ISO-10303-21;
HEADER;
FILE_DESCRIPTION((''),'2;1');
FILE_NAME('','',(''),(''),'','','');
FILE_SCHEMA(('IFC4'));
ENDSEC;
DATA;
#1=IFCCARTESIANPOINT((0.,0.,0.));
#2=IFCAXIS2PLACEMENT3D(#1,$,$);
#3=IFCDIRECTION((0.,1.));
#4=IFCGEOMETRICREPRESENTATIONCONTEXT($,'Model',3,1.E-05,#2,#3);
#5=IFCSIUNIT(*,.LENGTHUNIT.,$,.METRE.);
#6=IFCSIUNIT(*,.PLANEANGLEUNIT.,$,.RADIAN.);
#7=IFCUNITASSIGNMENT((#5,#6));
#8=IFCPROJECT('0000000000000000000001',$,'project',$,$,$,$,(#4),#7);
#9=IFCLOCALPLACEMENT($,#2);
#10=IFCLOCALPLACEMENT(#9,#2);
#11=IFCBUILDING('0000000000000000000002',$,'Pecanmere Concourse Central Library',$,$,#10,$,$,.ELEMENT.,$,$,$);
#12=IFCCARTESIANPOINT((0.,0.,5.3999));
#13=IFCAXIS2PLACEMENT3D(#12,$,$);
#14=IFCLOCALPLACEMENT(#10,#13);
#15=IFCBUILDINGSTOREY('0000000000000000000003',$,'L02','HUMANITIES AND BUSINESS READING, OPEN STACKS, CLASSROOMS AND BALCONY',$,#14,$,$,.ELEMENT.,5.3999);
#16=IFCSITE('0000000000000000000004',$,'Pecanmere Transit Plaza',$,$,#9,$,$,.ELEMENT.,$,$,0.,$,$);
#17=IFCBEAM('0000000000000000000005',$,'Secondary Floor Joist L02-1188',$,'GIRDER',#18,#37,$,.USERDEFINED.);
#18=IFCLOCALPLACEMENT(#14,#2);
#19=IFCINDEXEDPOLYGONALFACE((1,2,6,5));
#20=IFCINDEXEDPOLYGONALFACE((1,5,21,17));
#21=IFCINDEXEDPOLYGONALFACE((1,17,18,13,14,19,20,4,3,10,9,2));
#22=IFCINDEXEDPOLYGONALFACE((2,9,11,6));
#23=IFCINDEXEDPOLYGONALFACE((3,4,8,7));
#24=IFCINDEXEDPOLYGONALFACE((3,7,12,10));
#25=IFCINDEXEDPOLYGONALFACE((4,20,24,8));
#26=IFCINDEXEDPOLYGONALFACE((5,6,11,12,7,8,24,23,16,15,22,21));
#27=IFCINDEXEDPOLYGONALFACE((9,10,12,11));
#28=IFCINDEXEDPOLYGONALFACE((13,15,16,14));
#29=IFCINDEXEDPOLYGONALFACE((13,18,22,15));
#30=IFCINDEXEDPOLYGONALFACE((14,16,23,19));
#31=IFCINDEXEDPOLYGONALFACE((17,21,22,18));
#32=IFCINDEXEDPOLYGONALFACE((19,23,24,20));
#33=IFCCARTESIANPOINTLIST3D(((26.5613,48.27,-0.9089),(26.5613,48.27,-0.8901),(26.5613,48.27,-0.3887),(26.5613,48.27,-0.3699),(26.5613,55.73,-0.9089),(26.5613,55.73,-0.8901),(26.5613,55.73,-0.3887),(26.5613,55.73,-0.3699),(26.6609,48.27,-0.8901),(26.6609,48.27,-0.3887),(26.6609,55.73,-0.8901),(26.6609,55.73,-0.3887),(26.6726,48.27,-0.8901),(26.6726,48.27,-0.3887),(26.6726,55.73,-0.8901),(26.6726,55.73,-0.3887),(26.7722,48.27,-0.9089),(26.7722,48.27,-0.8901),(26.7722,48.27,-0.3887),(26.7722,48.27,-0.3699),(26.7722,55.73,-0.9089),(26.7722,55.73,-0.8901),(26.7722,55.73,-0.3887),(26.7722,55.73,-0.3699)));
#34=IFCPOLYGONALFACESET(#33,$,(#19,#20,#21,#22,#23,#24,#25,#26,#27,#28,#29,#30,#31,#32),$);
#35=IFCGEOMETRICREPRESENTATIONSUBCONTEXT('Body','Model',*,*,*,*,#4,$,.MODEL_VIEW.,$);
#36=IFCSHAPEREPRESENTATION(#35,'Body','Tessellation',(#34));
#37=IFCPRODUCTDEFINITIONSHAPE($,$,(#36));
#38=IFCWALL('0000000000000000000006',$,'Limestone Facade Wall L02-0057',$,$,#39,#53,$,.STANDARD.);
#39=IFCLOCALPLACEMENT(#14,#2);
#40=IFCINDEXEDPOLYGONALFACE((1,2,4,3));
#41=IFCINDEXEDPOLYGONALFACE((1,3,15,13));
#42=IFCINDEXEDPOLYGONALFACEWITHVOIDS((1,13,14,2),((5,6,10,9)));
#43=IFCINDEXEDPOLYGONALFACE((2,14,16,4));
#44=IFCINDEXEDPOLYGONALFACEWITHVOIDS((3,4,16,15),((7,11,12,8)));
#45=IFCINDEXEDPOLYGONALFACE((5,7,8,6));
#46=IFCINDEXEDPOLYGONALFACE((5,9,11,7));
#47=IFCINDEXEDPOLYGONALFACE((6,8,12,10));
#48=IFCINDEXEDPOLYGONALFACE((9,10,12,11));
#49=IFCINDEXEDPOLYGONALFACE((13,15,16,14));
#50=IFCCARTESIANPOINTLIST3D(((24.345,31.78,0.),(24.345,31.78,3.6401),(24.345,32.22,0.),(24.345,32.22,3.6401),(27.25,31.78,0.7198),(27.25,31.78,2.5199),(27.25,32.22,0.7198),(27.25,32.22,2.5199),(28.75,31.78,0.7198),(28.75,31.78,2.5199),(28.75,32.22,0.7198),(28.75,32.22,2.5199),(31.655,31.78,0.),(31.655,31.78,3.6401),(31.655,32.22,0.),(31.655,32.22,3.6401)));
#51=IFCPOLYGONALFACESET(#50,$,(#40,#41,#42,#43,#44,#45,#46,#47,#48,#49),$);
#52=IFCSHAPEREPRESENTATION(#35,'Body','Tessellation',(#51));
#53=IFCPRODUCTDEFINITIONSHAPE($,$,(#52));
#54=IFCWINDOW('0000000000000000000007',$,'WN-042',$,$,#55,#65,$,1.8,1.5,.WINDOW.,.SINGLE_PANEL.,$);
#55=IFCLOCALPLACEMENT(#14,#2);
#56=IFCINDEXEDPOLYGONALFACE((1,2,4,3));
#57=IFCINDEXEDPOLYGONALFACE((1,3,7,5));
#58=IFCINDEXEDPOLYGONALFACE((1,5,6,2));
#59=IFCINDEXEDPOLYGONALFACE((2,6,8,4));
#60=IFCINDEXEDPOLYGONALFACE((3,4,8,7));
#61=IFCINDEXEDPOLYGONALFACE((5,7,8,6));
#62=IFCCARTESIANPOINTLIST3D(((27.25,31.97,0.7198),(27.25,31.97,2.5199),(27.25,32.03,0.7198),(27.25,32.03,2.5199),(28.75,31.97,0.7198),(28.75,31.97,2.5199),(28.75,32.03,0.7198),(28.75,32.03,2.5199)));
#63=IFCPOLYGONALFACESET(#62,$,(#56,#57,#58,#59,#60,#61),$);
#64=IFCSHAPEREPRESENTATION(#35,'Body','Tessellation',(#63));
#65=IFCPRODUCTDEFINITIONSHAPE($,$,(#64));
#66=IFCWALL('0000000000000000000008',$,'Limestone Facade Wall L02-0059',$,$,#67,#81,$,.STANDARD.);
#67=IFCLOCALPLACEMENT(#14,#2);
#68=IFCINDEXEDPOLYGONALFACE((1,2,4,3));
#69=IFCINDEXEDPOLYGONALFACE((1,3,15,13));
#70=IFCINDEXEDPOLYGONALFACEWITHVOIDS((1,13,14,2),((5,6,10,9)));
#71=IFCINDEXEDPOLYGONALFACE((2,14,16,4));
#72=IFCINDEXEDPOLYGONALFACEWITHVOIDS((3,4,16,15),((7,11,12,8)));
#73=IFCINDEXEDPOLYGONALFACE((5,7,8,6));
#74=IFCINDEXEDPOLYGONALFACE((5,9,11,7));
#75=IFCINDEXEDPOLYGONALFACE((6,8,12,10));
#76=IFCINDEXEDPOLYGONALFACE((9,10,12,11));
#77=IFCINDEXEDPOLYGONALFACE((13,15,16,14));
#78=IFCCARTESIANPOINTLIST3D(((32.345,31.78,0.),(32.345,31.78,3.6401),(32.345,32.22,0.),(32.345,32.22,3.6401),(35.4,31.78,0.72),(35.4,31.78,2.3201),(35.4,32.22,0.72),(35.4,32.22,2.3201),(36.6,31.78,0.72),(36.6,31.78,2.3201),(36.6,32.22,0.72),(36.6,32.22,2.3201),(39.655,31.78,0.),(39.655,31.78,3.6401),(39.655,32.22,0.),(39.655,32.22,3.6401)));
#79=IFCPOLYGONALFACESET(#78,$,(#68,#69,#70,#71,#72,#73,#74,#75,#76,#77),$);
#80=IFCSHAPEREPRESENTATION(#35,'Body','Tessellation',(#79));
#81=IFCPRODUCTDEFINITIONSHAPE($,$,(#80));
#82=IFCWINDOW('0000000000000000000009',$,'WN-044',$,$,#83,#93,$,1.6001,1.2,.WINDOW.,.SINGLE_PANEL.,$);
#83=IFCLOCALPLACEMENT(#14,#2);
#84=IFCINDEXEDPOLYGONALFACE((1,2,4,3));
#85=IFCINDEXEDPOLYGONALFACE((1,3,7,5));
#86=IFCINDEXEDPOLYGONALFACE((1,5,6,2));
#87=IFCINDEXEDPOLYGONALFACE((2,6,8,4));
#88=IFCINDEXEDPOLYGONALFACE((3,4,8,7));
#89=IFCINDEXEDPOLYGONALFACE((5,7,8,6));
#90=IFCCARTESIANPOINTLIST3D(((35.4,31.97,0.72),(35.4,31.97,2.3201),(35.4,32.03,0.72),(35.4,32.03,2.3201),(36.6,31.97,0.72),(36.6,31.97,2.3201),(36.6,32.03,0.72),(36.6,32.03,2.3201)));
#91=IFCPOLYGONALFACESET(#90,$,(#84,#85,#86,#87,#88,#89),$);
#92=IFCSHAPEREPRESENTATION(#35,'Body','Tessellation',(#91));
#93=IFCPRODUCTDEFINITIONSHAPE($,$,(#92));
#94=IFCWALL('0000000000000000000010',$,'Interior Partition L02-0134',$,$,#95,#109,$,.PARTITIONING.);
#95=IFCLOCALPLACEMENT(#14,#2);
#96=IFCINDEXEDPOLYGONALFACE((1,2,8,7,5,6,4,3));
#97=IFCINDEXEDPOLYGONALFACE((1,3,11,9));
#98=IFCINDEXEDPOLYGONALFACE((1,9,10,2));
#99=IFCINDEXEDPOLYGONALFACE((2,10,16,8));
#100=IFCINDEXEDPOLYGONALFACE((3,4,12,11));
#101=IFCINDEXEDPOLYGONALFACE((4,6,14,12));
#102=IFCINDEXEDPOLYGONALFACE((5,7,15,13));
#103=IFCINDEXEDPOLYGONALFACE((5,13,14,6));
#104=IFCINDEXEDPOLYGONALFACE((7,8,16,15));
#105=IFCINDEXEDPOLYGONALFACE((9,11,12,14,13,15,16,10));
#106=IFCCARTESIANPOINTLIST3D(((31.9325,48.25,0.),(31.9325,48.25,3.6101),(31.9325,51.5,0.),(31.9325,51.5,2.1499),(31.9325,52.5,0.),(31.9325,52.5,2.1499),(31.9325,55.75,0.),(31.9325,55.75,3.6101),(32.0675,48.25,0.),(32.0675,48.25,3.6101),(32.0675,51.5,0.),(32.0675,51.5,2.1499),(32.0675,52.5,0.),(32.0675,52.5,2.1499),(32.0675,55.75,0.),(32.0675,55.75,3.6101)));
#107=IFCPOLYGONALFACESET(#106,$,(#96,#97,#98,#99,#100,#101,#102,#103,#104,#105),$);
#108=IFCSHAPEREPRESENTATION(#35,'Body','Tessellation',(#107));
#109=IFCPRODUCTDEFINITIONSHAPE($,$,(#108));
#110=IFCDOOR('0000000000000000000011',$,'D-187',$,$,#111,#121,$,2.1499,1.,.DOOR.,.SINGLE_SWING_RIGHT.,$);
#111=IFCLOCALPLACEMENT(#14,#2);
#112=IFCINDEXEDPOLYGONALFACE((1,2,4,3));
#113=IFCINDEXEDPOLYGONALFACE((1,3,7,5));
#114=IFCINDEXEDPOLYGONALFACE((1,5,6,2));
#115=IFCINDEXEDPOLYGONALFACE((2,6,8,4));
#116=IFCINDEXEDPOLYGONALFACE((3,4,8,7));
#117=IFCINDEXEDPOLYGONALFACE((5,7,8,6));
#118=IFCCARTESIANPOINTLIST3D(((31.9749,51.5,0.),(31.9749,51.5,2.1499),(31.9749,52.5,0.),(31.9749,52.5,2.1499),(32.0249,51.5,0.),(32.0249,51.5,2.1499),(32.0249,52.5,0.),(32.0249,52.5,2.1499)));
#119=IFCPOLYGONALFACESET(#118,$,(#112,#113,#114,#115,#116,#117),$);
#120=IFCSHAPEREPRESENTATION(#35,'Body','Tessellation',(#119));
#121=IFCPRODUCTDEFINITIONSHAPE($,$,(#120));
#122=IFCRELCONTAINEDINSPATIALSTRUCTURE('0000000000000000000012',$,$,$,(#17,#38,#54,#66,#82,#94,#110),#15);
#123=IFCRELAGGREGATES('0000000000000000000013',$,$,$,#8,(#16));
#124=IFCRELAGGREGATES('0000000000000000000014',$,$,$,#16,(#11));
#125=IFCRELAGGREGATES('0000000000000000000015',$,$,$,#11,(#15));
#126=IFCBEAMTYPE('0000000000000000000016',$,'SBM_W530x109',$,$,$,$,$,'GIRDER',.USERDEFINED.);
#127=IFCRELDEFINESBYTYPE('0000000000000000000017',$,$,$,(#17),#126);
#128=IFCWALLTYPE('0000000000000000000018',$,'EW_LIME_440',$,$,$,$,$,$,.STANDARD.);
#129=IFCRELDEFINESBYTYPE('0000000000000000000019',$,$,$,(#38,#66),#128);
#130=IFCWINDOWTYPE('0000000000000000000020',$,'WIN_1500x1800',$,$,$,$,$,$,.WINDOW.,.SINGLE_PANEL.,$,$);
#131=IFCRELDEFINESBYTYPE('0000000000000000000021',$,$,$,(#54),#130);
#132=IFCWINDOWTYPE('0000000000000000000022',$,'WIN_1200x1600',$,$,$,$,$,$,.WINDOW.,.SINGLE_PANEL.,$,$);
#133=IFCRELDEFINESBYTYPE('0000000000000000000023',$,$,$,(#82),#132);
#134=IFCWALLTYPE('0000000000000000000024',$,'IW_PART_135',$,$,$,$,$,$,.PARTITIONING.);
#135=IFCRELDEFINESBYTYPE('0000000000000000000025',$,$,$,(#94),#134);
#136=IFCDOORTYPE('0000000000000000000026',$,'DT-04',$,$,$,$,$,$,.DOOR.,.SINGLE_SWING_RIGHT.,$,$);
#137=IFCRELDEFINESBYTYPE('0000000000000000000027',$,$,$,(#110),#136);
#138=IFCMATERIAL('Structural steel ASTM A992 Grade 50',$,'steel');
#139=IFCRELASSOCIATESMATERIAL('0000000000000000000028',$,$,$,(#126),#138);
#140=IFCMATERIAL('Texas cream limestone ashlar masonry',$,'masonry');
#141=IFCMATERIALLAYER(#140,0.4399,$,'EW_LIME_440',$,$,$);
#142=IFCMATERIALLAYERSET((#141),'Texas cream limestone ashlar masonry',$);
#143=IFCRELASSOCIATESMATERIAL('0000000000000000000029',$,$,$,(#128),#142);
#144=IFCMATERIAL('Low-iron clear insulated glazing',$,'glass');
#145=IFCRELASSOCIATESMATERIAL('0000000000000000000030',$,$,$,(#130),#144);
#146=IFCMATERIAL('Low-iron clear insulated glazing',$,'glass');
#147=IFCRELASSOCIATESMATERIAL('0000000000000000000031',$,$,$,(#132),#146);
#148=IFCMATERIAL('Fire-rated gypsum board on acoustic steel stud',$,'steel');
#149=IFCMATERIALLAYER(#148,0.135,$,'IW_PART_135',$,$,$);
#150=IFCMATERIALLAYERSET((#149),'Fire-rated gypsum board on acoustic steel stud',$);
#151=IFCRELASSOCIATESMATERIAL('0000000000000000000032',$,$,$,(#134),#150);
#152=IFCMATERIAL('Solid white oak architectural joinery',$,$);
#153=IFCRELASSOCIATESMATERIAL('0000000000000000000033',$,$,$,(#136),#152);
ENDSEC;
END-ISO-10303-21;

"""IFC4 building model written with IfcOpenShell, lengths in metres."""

from ifc_helpers import new_model, si_unit, direction, frame, frame_2d, origin, origin_2d, place, context, subcontext, project, spatial, rectangle, i_section, extrude, material, layer, layer_set, material_profile, profile_set, type_object, element, fill, save


model = new_model("IFC4")

# Units and contexts
model_context = context("Model", 3, precision=1e-05, world=origin(), true_north=direction((0.0, 1.0)))
body_context = subcontext(model_context, "Body", "Model", "MODEL_VIEW")
ifc_project = project(units=[si_unit("LENGTHUNIT", "METRE"), si_unit("PLANEANGLEUNIT", "RADIAN")], contexts=[model_context])

# Site, building, storey
site_placement = place(None, origin())
site = spatial("IfcSite", under=ifc_project, at=site_placement, Name="Pecanmere Transit Plaza", CompositionType="ELEMENT", RefElevation=0.0)
building_placement = place(site_placement, origin())
building = spatial("IfcBuilding", under=site, at=building_placement, Name="Pecanmere Concourse Central Library", CompositionType="ELEMENT")
storey_placement = place(building_placement, frame((0.0, 0.0, 5.3999)))
storey = spatial("IfcBuildingStorey", under=building, at=storey_placement, Name="L02", Description="HUMANITIES AND BUSINESS READING, OPEN STACKS, CLASSROOMS AND BALCONY", CompositionType="ELEMENT", Elevation=5.3999)

# Beam
ifc_material_1 = material(Name="Structural steel ASTM A992 Grade 50", Category="steel")
ifc_material_profile_1 = material_profile(ifc_material_1, i_section(OverallWidth=0.2109, OverallDepth=0.5391, WebThickness=0.0117, FlangeThickness=0.0188, at=origin_2d()), Name="W530x109")
ifc_profile_set_1 = profile_set([ifc_material_profile_1], Name="Structural steel ASTM A992 Grade 50")
beam_type_1 = type_object("IfcBeamType", Name="SBM_W530x109", ElementType="GIRDER", PredefinedType="USERDEFINED", material=ifc_profile_set_1)
beam_1_placement = place(storey_placement, frame((26.6667, 48.27, -0.6394), z_axis=(0.0, 1.0, 0.0), x_axis=(-1.0, 0.0, 0.0)))
element("IfcBeam", 1, at=beam_1_placement, inside=storey, type_object=beam_type_1, Name="Secondary Floor Joist L02-1188", ObjectType="GIRDER", PredefinedType="USERDEFINED", context=body_context, shape_type="SweptSolid", body=[
    extrude(i_section(OverallWidth=0.2109, OverallDepth=0.5391, WebThickness=0.0117, FlangeThickness=0.0188, at=origin_2d()), origin(), (0.0, 0.0, 1.0), 7.46),
])

# Walls, openings, windows
ifc_material_2 = material(Name="Texas cream limestone ashlar masonry", Category="masonry")
ifc_layer_1 = layer(ifc_material_2, 0.4399, Name="EW_LIME_440")
ifc_layer_set_1 = layer_set([ifc_layer_1], Name="Texas cream limestone ashlar masonry")
wall_type_1 = type_object("IfcWallType", Name="EW_LIME_440", PredefinedType="STANDARD", material=ifc_layer_set_1)
wall_1_placement = place(storey_placement, frame((31.655, 32.0, 0.0), z_axis=(0.0, 0.0, 1.0), x_axis=(-1.0, 0.0, 0.0)))
wall_1 = element("IfcWall", 2, at=wall_1_placement, inside=storey, type_object=wall_type_1, Name="Limestone Facade Wall L02-0057", PredefinedType="STANDARD", context=body_context, shape_type="SweptSolid", body=[
    extrude(rectangle(XDim=7.3101, YDim=0.4399, at=frame_2d((3.655, 0.0))), origin(), (0.0, 0.0, 1.0), 3.6401),
])
opening_1_placement = place(wall_1_placement, frame((2.905, 0.0, 0.72)))
opening_1 = element("IfcOpeningElement", 3, at=opening_1_placement, cuts=wall_1, PredefinedType="OPENING", context=body_context, shape_type="SweptSolid", body=[
    extrude(rectangle(XDim=1.5, YDim=1.8, at=frame_2d((0.75, 0.8999))), frame((0.0, 0.2319, 0.0), z_axis=(0.0, -1.0, 0.0), x_axis=(1.0, 0.0, 0.0)), (0.0, 0.0, 1.0), 0.4639),
])
ifc_material_3 = material(Name="Low-iron clear insulated glazing", Category="glass")
window_type_1 = type_object("IfcWindowType", Name="WIN_1500x1800", PartitioningType="SINGLE_PANEL", PredefinedType="WINDOW", material=ifc_material_3)
window_1_placement = place(opening_1_placement, origin())
window_1 = element("IfcWindow", 4, at=window_1_placement, inside=storey, type_object=window_type_1, Name="WN-042", OverallHeight=1.8, OverallWidth=1.5, PartitioningType="SINGLE_PANEL", PredefinedType="WINDOW", context=body_context, shape_type="SweptSolid", body=[
    extrude(rectangle(XDim=1.5, YDim=1.8, at=frame_2d((0.75, 0.8999))), frame((0.0, 0.03, 0.0), z_axis=(0.0, -1.0, 0.0), x_axis=(1.0, 0.0, 0.0)), (0.0, 0.0, 1.0), 0.0601),
])
fill(opening_1, window_1)
wall_2_placement = place(storey_placement, frame((39.655, 32.0, 0.0), z_axis=(0.0, 0.0, 1.0), x_axis=(-1.0, 0.0, 0.0)))
wall_2 = element("IfcWall", 5, at=wall_2_placement, inside=storey, type_object=wall_type_1, Name="Limestone Facade Wall L02-0059", PredefinedType="STANDARD", context=body_context, shape_type="SweptSolid", body=[
    extrude(rectangle(XDim=7.3101, YDim=0.4399, at=frame_2d((3.655, 0.0))), origin(), (0.0, 0.0, 1.0), 3.6401),
])
opening_2_placement = place(wall_2_placement, frame((3.0549, 0.0, 0.72)))
opening_2 = element("IfcOpeningElement", 6, at=opening_2_placement, cuts=wall_2, PredefinedType="OPENING", context=body_context, shape_type="SweptSolid", body=[
    extrude(rectangle(XDim=1.2, YDim=1.6001, at=frame_2d((0.6001, 0.8))), frame((0.0, 0.2319, 0.0), z_axis=(0.0, -1.0, 0.0), x_axis=(1.0, 0.0, 0.0)), (0.0, 0.0, 1.0), 0.4639),
])
ifc_material_4 = material(Name="Low-iron clear insulated glazing", Category="glass")
window_type_2 = type_object("IfcWindowType", Name="WIN_1200x1600", PartitioningType="SINGLE_PANEL", PredefinedType="WINDOW", material=ifc_material_4)
window_2_placement = place(opening_2_placement, origin())
window_2 = element("IfcWindow", 7, at=window_2_placement, inside=storey, type_object=window_type_2, Name="WN-044", OverallHeight=1.6001, OverallWidth=1.2, PartitioningType="SINGLE_PANEL", PredefinedType="WINDOW", context=body_context, shape_type="SweptSolid", body=[
    extrude(rectangle(XDim=1.2, YDim=1.6001, at=frame_2d((0.6001, 0.8))), frame((0.0, 0.03, 0.0), z_axis=(0.0, -1.0, 0.0), x_axis=(1.0, 0.0, 0.0)), (0.0, 0.0, 1.0), 0.0601),
])
fill(opening_2, window_2)

# Wall, opening, door
ifc_material_5 = material(Name="Fire-rated gypsum board on acoustic steel stud", Category="steel")
ifc_layer_2 = layer(ifc_material_5, 0.135, Name="IW_PART_135")
ifc_layer_set_2 = layer_set([ifc_layer_2], Name="Fire-rated gypsum board on acoustic steel stud")
wall_type_2 = type_object("IfcWallType", Name="IW_PART_135", PredefinedType="PARTITIONING", material=ifc_layer_set_2)
wall_3_placement = place(storey_placement, frame((32.0, 48.25, 0.0), z_axis=(0.0, 0.0, 1.0), x_axis=(0.0, 1.0, 0.0)))
wall_3 = element("IfcWall", 8, at=wall_3_placement, inside=storey, type_object=wall_type_2, Name="Interior Partition L02-0134", PredefinedType="PARTITIONING", context=body_context, shape_type="SweptSolid", body=[
    extrude(rectangle(XDim=7.5, YDim=0.135, at=frame_2d((3.75, 0.0))), origin(), (0.0, 0.0, 1.0), 3.6101),
])
opening_3_placement = place(wall_3_placement, frame((3.25, 0.0, 0.0)))
opening_3 = element("IfcOpeningElement", 9, at=opening_3_placement, cuts=wall_3, PredefinedType="OPENING", context=body_context, shape_type="SweptSolid", body=[
    extrude(rectangle(XDim=1.0, YDim=2.1499, at=frame_2d((0.5, 1.075))), frame((0.0, 0.0796, 0.0), z_axis=(0.0, -1.0, 0.0), x_axis=(1.0, 0.0, 0.0)), (0.0, 0.0, 1.0), 0.1589),
])
ifc_material_6 = material(Name="Solid white oak architectural joinery")
door_type = type_object("IfcDoorType", Name="DT-04", OperationType="SINGLE_SWING_RIGHT", PredefinedType="DOOR", material=ifc_material_6)
door_placement = place(opening_3_placement, frame((1.0, 0.0, 0.0), z_axis=(0.0, 0.0, 1.0), x_axis=(-1.0, 0.0, 0.0)))
door = element("IfcDoor", 10, at=door_placement, inside=storey, type_object=door_type, Name="D-187", OperationType="SINGLE_SWING_RIGHT", OverallHeight=2.1499, OverallWidth=1.0, PredefinedType="DOOR", context=body_context, shape_type="SweptSolid", body=[
    extrude(rectangle(XDim=1.0, YDim=2.1499, at=frame_2d((0.5, 1.075))), frame((0.0, 0.0249, 0.0), z_axis=(0.0, -1.0, 0.0), x_axis=(1.0, 0.0, 0.0)), (0.0, 0.0, 1.0), 0.05),
])
fill(opening_3, door)

save(model, "model.ifc")
